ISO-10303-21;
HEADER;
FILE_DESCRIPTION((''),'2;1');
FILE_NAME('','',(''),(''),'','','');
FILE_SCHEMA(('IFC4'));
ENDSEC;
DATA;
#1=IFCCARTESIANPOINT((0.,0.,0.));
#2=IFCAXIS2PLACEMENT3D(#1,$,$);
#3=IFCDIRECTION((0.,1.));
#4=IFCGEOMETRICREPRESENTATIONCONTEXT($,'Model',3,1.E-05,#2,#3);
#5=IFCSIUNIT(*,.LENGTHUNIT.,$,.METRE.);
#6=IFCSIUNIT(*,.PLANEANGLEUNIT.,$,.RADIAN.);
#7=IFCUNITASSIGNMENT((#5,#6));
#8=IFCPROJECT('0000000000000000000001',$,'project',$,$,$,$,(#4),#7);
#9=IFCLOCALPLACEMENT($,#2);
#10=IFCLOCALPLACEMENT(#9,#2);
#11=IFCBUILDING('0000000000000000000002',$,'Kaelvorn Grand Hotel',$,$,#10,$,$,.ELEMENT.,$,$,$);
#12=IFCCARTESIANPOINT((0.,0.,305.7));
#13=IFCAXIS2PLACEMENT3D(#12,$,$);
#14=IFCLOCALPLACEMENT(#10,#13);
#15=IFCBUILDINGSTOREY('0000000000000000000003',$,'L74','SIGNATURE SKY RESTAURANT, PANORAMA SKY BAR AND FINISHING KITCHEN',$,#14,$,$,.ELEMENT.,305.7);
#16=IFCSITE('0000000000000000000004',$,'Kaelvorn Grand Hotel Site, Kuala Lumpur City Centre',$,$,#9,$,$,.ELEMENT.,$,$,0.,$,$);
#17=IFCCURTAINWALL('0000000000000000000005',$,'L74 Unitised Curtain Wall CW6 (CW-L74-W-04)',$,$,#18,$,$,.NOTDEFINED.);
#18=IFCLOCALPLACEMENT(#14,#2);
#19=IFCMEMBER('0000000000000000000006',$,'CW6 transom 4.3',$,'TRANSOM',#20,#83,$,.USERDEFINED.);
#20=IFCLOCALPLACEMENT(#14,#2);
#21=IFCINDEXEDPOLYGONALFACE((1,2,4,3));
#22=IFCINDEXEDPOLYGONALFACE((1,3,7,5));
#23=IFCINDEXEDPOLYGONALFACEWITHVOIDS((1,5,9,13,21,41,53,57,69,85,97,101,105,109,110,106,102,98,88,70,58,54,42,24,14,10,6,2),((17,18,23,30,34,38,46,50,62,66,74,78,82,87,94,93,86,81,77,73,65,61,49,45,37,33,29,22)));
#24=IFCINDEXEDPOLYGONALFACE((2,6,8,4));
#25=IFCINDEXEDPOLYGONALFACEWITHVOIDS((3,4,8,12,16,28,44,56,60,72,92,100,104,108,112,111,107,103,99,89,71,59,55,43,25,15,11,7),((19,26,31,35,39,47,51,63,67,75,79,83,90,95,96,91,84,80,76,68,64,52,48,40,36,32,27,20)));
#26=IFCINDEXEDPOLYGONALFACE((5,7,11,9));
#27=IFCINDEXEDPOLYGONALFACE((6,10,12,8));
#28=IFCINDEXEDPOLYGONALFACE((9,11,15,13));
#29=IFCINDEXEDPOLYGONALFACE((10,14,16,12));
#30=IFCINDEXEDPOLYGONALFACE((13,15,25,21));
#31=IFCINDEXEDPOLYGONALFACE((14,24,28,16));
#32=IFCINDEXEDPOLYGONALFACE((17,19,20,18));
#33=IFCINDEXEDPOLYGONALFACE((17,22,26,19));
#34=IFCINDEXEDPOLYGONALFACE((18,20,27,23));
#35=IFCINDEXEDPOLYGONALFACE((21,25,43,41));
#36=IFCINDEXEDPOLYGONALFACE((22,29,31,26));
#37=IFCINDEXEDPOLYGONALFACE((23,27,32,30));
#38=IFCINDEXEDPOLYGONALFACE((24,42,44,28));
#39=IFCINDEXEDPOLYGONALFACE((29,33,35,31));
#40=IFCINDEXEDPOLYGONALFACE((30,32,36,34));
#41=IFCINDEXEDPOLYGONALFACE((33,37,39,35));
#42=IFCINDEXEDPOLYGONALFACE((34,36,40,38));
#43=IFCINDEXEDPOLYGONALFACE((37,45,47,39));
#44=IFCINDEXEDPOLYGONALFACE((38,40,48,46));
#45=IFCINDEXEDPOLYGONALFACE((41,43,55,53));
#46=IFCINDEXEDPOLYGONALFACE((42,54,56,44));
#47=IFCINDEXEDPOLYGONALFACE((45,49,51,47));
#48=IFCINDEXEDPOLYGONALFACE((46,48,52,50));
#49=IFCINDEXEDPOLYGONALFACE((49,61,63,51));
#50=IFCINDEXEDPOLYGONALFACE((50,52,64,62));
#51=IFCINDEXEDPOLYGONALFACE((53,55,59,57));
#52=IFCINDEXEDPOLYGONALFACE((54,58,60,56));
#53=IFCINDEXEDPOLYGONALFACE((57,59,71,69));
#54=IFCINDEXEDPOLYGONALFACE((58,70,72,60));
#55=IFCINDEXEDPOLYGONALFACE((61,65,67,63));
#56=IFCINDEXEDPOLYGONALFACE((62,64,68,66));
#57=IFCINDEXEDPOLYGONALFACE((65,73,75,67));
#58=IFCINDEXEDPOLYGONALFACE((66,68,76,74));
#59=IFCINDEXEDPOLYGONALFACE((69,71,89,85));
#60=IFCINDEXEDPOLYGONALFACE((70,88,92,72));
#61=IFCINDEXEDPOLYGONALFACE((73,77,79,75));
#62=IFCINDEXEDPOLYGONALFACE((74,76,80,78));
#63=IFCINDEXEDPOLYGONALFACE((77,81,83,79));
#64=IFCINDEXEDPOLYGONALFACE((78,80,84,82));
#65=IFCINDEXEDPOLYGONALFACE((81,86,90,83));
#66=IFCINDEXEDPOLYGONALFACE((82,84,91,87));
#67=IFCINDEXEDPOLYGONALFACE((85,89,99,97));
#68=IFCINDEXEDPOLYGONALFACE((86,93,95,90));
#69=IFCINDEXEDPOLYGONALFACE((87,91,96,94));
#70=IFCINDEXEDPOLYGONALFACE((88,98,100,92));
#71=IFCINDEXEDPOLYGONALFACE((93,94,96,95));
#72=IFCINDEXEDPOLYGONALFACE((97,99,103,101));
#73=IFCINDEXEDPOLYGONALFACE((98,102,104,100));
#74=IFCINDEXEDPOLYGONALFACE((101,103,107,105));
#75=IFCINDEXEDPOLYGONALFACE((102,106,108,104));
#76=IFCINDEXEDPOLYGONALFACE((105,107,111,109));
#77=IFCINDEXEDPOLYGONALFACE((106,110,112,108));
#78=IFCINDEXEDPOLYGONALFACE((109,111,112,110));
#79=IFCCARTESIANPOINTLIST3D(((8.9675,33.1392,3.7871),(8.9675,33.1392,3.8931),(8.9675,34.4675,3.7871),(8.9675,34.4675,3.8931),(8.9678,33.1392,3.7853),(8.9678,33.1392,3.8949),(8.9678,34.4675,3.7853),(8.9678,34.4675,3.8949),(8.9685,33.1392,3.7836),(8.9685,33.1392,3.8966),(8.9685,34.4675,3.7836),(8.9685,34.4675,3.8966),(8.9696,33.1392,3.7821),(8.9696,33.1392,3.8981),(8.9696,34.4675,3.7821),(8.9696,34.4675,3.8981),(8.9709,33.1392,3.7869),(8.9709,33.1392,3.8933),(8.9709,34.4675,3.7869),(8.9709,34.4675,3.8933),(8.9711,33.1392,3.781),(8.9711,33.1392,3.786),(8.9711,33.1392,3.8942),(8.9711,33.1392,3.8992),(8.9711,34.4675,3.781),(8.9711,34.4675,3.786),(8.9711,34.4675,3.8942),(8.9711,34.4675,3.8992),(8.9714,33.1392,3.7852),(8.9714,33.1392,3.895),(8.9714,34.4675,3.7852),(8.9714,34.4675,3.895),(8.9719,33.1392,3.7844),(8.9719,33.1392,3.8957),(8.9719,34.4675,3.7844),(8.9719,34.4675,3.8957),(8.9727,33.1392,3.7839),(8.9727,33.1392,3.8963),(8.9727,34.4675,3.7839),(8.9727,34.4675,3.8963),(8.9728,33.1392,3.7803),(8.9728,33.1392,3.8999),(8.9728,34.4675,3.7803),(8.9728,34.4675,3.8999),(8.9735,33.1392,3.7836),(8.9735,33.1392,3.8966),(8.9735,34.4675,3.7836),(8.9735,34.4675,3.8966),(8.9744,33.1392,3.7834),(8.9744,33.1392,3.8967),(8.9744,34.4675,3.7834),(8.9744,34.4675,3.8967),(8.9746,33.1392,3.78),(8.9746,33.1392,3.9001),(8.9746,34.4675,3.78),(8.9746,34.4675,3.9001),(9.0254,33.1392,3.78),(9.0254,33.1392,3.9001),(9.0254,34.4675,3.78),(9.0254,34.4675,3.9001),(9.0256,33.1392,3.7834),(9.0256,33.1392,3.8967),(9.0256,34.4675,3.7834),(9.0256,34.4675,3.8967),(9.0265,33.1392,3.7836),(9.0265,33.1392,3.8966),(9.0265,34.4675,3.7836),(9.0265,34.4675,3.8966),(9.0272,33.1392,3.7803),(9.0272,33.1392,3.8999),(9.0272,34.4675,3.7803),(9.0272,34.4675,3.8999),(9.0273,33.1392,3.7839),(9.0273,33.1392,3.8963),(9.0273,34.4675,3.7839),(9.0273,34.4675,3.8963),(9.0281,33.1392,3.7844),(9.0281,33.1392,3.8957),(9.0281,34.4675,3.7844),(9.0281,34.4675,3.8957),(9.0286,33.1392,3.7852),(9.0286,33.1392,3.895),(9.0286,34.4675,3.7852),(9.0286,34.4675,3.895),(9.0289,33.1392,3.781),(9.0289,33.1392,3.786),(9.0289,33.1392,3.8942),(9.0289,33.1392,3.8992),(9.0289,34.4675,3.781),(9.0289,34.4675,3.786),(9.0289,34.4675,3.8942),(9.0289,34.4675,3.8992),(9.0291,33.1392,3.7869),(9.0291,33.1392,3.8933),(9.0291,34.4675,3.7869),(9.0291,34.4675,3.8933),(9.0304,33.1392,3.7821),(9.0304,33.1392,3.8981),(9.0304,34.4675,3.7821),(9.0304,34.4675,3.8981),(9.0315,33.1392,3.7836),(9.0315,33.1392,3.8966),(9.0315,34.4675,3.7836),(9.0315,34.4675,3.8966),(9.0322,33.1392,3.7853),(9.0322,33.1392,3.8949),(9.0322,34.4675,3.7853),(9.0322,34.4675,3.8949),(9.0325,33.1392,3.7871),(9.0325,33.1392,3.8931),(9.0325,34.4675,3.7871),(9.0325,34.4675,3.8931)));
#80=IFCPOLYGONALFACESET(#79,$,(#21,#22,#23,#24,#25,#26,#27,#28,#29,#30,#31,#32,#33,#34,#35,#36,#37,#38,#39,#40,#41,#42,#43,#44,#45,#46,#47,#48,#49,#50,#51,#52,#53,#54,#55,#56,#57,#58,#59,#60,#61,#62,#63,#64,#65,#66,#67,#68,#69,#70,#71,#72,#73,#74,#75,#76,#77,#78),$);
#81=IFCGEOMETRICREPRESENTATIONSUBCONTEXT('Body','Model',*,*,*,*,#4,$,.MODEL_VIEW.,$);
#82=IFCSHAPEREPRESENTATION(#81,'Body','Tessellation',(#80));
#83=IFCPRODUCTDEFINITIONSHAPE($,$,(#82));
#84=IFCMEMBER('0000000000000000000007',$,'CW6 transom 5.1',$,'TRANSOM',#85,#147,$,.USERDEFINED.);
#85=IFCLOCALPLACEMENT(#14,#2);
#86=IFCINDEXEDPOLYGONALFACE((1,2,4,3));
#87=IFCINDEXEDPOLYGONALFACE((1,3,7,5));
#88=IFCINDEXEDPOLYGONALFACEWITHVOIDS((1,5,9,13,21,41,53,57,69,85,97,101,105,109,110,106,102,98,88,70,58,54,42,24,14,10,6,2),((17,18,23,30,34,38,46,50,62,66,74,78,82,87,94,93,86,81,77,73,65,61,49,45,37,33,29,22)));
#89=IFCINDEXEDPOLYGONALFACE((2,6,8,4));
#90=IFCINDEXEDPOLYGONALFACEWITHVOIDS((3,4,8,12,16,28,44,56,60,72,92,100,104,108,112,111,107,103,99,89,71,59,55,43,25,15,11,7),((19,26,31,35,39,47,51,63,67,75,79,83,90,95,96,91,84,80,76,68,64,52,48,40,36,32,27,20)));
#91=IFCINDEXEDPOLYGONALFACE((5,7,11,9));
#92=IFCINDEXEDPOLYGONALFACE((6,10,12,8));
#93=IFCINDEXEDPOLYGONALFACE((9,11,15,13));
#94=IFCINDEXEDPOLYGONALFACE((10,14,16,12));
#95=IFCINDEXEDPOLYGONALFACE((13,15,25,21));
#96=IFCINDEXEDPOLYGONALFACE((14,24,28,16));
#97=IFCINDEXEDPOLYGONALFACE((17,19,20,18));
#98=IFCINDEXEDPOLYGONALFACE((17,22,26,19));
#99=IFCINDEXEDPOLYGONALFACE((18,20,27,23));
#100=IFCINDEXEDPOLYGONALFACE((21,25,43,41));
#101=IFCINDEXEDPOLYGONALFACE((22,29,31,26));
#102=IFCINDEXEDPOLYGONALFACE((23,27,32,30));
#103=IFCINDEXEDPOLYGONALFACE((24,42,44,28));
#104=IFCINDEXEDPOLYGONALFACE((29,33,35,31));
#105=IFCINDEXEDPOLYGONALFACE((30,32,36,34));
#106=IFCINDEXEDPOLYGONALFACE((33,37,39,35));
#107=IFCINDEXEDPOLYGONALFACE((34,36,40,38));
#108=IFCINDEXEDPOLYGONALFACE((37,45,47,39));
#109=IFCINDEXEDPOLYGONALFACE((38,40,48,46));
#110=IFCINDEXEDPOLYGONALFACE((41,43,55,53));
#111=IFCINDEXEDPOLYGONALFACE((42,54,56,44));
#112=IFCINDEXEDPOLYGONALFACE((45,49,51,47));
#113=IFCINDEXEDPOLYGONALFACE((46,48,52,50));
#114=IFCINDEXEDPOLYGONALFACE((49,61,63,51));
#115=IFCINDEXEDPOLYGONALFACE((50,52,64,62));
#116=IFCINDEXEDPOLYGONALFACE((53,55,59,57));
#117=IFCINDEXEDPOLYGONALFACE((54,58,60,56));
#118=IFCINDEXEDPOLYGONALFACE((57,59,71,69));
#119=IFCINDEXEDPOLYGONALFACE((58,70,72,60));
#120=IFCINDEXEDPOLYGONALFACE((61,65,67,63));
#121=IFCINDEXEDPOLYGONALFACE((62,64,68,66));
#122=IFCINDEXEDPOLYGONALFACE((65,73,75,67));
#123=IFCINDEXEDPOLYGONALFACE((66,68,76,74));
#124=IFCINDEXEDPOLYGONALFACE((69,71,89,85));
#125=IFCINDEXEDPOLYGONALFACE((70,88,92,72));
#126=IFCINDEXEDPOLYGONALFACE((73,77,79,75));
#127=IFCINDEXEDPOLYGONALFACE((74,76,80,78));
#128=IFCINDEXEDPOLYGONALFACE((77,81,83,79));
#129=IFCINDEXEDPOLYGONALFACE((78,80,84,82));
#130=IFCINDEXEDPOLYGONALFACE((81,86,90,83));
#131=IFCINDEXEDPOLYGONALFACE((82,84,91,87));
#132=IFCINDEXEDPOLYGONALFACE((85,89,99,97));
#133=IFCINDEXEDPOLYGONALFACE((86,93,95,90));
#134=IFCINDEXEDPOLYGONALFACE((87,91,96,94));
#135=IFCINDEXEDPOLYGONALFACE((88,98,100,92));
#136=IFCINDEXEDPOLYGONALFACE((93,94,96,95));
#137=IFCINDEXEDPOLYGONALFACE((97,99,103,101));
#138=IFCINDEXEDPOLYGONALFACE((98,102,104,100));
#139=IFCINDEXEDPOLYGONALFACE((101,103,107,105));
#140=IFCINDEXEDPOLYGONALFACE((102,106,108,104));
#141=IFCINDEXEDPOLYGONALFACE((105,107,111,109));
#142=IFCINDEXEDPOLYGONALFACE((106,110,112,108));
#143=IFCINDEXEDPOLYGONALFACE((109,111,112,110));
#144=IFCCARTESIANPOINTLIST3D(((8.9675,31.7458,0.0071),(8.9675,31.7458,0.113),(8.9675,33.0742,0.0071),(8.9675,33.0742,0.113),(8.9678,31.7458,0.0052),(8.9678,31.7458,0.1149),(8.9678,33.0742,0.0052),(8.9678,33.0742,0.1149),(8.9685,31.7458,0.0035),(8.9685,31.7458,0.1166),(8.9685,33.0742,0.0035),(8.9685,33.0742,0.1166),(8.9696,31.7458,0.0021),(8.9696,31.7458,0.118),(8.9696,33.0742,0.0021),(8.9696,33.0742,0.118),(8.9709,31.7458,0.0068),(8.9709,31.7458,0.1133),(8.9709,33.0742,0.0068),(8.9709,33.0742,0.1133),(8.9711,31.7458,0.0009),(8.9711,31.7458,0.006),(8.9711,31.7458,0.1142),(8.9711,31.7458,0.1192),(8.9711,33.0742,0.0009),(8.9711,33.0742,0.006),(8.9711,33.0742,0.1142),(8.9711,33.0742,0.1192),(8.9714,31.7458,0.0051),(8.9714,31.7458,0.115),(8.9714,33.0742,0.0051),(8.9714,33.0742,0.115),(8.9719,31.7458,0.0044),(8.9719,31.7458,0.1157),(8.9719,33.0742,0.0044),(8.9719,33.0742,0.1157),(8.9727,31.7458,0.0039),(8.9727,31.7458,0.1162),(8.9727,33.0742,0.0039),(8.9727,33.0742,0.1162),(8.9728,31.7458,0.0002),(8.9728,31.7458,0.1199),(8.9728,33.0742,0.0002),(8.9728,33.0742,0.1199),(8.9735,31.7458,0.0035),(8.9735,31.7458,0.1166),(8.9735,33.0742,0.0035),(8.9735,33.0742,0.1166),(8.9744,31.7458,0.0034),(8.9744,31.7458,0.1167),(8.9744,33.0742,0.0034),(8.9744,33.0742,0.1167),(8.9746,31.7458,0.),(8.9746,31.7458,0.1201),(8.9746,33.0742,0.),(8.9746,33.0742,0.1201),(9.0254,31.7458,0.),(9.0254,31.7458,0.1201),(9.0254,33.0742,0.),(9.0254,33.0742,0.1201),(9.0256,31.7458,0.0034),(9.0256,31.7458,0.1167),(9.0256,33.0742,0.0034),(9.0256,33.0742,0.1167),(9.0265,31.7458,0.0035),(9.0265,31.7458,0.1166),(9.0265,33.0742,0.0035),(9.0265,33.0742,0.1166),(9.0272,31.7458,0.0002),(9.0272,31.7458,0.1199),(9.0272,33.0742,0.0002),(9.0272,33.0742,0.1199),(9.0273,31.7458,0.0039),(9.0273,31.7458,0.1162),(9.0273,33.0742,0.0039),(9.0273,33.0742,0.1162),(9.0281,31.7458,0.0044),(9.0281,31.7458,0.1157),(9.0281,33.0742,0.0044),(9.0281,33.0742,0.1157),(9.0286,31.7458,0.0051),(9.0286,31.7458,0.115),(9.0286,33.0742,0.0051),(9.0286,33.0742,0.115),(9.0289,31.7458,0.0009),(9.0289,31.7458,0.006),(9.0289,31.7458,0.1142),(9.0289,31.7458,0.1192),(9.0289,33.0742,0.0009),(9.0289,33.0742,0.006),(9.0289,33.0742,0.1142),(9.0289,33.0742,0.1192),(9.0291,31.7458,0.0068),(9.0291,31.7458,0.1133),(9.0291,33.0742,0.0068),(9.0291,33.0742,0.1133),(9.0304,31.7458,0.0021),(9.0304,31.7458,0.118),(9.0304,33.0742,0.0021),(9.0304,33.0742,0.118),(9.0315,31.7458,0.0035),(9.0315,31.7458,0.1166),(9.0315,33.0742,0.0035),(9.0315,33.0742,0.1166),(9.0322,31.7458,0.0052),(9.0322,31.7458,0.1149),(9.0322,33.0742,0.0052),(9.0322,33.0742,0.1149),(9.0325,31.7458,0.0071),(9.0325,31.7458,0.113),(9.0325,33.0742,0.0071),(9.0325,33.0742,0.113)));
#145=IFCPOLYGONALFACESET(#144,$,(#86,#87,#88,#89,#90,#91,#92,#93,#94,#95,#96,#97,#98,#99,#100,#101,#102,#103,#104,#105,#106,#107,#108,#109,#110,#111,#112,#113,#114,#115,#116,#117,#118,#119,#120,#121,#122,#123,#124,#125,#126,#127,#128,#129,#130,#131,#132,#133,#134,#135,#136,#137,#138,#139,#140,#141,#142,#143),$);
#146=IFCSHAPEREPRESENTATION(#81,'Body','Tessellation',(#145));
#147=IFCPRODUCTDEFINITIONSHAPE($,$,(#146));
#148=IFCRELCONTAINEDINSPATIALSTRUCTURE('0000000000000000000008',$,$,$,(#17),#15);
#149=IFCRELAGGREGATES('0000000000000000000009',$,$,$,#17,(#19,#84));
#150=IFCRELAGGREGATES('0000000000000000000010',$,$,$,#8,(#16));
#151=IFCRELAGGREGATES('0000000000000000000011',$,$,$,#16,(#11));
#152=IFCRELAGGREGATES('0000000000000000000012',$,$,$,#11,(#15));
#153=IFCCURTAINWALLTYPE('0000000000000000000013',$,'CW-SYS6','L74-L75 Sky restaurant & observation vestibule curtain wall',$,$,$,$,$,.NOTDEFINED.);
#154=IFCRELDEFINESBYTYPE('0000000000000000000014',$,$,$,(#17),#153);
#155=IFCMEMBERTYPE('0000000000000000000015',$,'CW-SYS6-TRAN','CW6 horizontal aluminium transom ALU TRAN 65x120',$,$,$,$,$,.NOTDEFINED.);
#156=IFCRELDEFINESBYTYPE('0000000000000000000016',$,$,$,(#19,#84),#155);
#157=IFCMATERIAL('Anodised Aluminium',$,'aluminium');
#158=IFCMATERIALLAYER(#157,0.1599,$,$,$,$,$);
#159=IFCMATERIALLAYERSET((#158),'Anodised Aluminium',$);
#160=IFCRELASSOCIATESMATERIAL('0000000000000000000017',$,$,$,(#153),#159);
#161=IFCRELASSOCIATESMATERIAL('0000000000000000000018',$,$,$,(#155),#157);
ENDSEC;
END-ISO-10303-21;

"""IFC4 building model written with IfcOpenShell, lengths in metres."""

from ifc_helpers import new_model, si_unit, direction, frame, origin, origin_2d, place, context, subcontext, project, spatial, hollow_rectangle, extrude, material, layer, layer_set, material_profile, profile_set, type_object, element, aggregate, save


model = new_model("IFC4")

# Units and contexts
model_context = context("Model", 3, precision=1e-05, world=origin(), true_north=direction((0.0, 1.0)))
body_context = subcontext(model_context, "Body", "Model", "MODEL_VIEW")
ifc_project = project(units=[si_unit("LENGTHUNIT", "METRE"), si_unit("PLANEANGLEUNIT", "RADIAN")], contexts=[model_context])

# Site, building, storey
site_placement = place(None, origin())
site = spatial("IfcSite", under=ifc_project, at=site_placement, Name="Kaelvorn Grand Hotel Site, Kuala Lumpur City Centre", CompositionType="ELEMENT", RefElevation=0.0)
building_placement = place(site_placement, origin())
building = spatial("IfcBuilding", under=site, at=building_placement, Name="Kaelvorn Grand Hotel", CompositionType="ELEMENT")
storey_placement = place(building_placement, frame((0.0, 0.0, 305.7)))
storey = spatial("IfcBuildingStorey", under=building, at=storey_placement, Name="L74", Description="SIGNATURE SKY RESTAURANT, PANORAMA SKY BAR AND FINISHING KITCHEN", CompositionType="ELEMENT", Elevation=305.7)

# Curtain wall, members
ifc_material_1 = material(Name="Anodised Aluminium", Category="aluminium")
ifc_layer_1 = layer(ifc_material_1, 0.1599)
ifc_layer_set_1 = layer_set([ifc_layer_1], Name="Anodised Aluminium")
curtain_wall_type = type_object("IfcCurtainWallType", Name="CW-SYS6", Description="L74-L75 Sky restaurant & observation vestibule curtain wall", PredefinedType="NOTDEFINED", material=ifc_layer_set_1)
curtain_wall_placement = place(storey_placement, origin())
curtain_wall = element("IfcCurtainWall", 1, at=curtain_wall_placement, inside=storey, type_object=curtain_wall_type, Name="L74 Unitised Curtain Wall CW6 (CW-L74-W-04)", PredefinedType="NOTDEFINED")
ifc_material_profile_1 = material_profile(ifc_material_1, hollow_rectangle(XDim=0.0649, YDim=0.1201, WallThickness=0.0034, InnerFilletRadius=0.0034, OuterFilletRadius=0.0071, at=origin_2d()), Name="ALU TRAN 65x120")
ifc_profile_set_1 = profile_set([ifc_material_profile_1], Name="Anodised Aluminium")
member_type_1 = type_object("IfcMemberType", Name="CW-SYS6-TRAN", Description="CW6 horizontal aluminium transom ALU TRAN 65x120", PredefinedType="NOTDEFINED", material=ifc_profile_set_1)
member_1_placement = place(storey_placement, frame((9.0, 34.4675, 3.8401), z_axis=(0.0, -1.0, 0.0), x_axis=(1.0, 0.0, 0.0)))
member_1 = element("IfcMember", 2, at=member_1_placement, type_object=member_type_1, Name="CW6 transom 4.3", ObjectType="TRANSOM", PredefinedType="USERDEFINED", context=body_context, shape_type="SweptSolid", body=[
    extrude(hollow_rectangle(XDim=0.0649, YDim=0.1201, WallThickness=0.0034, InnerFilletRadius=0.0034, OuterFilletRadius=0.0071, at=origin_2d()), origin(), (0.0, 0.0, 1.0), 1.3284),
])
member_2_placement = place(storey_placement, frame((9.0, 33.0742, 0.0601), z_axis=(0.0, -1.0, 0.0), x_axis=(1.0, 0.0, 0.0)))
member_2 = element("IfcMember", 3, at=member_2_placement, type_object=member_type_1, Name="CW6 transom 5.1", ObjectType="TRANSOM", PredefinedType="USERDEFINED", context=body_context, shape_type="SweptSolid", body=[
    extrude(hollow_rectangle(XDim=0.0649, YDim=0.1201, WallThickness=0.0034, InnerFilletRadius=0.0034, OuterFilletRadius=0.0071, at=origin_2d()), origin(), (0.0, 0.0, 1.0), 1.3284),
])
aggregate(curtain_wall, [member_1, member_2])

save(model, "model.ifc")
